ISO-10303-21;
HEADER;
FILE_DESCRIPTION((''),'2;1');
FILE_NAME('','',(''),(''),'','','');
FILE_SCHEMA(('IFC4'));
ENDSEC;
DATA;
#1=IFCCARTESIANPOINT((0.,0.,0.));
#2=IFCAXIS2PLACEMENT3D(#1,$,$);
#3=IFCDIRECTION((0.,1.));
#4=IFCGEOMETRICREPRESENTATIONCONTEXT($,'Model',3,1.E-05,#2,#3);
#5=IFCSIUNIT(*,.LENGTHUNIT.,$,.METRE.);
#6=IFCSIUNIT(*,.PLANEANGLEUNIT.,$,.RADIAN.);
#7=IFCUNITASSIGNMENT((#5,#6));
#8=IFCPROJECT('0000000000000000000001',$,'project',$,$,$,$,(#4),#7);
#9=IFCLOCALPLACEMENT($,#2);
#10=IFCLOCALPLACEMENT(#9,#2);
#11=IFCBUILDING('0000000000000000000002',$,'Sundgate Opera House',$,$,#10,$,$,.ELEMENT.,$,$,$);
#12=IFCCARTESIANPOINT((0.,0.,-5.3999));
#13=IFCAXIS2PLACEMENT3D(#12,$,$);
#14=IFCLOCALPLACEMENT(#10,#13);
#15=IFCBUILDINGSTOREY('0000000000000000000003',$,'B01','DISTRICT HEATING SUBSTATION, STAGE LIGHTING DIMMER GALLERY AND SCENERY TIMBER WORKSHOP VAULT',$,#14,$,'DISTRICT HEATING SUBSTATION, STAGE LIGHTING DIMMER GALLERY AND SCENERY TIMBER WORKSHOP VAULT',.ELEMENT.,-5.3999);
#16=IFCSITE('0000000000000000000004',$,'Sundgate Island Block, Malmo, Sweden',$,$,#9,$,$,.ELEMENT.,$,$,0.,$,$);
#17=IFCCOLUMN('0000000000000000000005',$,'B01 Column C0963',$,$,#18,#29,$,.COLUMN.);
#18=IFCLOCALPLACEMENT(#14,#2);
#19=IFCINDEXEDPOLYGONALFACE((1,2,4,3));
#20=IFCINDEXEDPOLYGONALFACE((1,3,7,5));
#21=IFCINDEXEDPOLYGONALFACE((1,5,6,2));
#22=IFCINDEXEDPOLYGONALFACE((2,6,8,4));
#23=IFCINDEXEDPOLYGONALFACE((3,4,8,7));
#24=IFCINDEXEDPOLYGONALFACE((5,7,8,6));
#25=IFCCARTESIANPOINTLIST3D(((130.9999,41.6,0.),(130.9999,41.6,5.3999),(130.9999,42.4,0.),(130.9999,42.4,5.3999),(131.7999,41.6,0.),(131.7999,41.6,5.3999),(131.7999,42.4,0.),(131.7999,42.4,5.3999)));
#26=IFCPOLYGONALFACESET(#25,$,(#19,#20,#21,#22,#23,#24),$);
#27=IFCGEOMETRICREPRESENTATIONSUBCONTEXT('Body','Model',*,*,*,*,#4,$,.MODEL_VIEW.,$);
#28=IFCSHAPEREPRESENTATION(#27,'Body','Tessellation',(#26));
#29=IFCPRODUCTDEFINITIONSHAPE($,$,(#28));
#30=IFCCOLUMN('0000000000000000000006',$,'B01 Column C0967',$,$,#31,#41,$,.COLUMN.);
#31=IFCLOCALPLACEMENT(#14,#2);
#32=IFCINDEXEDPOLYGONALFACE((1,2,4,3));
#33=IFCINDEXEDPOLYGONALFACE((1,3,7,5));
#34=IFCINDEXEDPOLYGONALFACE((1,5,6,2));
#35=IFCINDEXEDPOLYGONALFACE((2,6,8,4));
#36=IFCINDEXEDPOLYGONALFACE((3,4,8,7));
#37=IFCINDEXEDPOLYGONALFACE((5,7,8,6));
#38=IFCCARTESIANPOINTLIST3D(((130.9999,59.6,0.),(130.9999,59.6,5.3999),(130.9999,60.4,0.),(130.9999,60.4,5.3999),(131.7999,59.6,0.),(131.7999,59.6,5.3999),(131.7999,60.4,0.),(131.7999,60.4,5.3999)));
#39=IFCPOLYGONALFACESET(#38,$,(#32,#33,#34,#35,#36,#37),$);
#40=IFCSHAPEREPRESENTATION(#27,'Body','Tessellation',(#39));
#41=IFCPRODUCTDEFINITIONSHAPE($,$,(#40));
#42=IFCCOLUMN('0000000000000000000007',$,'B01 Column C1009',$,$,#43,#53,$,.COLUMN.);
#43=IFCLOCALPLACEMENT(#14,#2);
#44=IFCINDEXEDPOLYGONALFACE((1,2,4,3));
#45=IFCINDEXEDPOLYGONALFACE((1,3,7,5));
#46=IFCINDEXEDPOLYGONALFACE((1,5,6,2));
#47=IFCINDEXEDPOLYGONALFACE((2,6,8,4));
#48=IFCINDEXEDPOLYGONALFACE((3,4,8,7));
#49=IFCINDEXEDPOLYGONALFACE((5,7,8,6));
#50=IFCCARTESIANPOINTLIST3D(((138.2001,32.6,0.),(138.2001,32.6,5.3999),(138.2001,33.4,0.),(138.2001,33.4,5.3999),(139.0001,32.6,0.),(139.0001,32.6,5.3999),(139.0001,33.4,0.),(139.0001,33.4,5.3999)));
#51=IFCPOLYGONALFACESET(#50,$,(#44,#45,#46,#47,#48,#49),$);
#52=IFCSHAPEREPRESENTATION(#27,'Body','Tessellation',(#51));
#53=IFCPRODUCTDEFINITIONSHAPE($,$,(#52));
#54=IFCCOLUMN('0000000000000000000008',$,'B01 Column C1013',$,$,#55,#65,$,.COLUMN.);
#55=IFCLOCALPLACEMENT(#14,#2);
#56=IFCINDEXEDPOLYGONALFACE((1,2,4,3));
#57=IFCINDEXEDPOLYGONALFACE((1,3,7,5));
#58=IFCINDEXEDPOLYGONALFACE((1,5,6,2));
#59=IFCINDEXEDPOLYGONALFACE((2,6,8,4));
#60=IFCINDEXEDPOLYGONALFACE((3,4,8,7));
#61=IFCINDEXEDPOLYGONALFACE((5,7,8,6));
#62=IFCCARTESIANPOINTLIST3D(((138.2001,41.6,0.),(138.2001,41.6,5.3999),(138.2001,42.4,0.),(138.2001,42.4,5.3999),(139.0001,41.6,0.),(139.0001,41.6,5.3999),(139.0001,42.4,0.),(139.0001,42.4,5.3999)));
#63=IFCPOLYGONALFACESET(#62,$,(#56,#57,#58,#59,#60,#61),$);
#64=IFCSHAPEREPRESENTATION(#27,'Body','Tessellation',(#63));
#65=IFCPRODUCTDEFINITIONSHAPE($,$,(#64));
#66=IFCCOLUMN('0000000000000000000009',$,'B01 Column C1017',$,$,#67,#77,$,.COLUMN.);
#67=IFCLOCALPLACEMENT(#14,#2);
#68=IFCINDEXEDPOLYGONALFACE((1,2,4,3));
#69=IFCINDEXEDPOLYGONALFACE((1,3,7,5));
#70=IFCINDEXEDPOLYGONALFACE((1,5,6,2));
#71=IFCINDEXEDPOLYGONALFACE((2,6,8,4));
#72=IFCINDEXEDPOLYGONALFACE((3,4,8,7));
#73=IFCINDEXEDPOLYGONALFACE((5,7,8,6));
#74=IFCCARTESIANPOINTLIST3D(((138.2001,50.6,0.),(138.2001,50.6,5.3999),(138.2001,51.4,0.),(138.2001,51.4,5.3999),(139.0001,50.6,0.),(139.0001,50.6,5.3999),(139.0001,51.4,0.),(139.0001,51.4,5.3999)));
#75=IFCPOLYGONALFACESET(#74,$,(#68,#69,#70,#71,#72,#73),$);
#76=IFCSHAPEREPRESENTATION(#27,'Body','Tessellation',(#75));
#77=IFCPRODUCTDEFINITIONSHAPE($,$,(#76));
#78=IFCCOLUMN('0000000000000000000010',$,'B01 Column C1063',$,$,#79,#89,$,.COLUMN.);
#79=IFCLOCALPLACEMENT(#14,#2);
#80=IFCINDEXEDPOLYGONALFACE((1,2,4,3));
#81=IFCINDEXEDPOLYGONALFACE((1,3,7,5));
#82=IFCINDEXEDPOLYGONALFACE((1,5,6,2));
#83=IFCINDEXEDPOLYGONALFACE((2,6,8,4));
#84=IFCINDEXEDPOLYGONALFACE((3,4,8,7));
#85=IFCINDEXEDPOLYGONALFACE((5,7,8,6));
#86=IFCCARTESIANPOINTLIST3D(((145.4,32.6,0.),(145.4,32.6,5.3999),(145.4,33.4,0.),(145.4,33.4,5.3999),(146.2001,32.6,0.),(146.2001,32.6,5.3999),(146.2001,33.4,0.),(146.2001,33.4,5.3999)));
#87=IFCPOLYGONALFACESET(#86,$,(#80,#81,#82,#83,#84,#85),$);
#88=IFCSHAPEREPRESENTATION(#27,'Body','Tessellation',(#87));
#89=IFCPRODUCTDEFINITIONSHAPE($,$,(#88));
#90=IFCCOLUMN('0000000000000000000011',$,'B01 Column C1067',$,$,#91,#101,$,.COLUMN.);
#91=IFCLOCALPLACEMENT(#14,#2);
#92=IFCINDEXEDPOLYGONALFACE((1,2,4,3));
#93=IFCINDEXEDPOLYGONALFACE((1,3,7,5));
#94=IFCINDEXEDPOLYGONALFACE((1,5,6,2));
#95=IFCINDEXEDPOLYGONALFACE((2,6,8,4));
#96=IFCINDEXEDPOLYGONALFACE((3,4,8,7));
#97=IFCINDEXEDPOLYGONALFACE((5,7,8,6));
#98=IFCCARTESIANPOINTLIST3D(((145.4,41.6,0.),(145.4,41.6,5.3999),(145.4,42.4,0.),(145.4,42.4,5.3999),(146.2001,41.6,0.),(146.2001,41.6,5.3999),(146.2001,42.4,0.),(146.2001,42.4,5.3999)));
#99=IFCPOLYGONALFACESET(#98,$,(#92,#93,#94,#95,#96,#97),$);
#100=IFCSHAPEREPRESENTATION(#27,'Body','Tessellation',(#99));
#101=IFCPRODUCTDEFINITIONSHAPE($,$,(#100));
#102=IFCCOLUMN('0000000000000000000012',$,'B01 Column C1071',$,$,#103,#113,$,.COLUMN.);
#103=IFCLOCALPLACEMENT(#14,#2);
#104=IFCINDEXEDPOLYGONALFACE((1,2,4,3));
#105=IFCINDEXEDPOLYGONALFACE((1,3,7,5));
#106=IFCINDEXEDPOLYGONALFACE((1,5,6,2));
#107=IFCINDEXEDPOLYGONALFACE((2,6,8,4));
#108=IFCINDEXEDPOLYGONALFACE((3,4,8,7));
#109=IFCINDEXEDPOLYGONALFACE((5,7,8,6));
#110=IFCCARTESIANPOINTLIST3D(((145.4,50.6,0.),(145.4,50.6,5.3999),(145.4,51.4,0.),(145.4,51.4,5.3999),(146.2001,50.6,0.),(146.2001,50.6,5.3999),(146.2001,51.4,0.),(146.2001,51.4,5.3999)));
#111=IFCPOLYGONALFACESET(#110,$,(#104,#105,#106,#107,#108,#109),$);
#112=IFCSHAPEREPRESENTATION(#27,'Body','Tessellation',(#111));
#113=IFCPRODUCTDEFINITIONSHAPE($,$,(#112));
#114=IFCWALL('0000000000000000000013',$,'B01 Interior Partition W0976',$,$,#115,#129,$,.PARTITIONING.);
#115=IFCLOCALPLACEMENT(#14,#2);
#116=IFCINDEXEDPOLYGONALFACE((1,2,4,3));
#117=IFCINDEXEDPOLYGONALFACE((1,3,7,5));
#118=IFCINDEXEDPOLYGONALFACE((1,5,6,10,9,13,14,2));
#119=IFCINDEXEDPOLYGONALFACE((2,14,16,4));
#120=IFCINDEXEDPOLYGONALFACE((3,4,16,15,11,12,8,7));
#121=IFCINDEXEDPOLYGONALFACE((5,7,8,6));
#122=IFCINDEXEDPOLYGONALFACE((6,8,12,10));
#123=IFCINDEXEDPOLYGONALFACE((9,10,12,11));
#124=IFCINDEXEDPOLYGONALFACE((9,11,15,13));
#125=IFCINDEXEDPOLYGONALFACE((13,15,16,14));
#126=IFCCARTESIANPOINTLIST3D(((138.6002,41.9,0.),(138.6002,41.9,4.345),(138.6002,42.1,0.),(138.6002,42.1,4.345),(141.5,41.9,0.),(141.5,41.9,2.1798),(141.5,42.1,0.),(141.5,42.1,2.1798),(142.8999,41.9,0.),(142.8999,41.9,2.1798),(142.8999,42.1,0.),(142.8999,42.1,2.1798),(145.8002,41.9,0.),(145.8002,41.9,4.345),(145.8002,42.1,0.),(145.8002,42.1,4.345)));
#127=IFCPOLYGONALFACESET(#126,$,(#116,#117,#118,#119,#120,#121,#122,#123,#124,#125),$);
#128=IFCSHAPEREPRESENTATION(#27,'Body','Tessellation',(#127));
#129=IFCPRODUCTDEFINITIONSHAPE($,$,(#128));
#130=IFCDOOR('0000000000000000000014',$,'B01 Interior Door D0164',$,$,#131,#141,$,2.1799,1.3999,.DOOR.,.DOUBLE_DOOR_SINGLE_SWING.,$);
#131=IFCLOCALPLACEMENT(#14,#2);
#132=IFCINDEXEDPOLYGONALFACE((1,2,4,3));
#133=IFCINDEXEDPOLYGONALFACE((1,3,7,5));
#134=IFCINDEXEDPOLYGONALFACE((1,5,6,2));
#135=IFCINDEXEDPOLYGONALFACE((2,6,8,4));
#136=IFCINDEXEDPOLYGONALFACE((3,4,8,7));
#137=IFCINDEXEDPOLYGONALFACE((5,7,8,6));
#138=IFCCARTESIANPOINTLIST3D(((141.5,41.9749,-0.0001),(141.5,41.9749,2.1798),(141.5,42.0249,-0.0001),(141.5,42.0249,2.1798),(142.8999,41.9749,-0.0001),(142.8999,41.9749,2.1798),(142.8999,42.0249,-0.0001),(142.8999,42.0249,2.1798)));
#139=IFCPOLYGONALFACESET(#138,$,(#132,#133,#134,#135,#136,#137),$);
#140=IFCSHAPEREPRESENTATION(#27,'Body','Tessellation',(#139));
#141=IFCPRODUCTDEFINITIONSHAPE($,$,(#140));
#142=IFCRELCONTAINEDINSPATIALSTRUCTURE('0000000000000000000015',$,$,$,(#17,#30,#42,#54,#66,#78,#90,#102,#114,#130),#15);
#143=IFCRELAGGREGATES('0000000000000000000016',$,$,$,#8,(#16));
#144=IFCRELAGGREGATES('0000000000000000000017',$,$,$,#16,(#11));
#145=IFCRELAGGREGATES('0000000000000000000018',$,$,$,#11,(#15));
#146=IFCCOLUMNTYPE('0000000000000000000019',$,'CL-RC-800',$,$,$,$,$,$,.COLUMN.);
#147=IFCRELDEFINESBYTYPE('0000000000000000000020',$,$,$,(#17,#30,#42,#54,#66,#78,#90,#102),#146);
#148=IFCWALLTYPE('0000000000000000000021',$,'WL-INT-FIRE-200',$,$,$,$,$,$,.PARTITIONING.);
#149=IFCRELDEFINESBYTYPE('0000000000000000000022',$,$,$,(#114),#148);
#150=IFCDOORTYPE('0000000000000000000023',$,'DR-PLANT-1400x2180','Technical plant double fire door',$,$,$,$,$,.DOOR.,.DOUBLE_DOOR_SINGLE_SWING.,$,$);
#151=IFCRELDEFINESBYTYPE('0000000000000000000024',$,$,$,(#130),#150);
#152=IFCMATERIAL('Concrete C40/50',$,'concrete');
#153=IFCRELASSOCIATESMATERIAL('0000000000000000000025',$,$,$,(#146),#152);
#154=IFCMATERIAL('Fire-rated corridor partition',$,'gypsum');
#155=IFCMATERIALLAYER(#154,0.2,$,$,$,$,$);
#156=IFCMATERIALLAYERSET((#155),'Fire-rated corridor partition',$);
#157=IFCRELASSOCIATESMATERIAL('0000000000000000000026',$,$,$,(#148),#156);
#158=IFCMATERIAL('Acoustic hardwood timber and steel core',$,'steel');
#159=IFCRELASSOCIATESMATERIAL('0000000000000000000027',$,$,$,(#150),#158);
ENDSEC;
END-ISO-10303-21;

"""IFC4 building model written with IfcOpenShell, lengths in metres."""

from ifc_helpers import new_model, si_unit, direction, frame, frame_2d, origin, origin_2d, place, context, subcontext, project, spatial, rectangle, extrude, material, layer, layer_set, material_profile, profile_set, type_object, element, fill, save


model = new_model("IFC4")

# Units and contexts
model_context = context("Model", 3, precision=1e-05, world=origin(), true_north=direction((0.0, 1.0)))
body_context = subcontext(model_context, "Body", "Model", "MODEL_VIEW")
ifc_project = project(units=[si_unit("LENGTHUNIT", "METRE"), si_unit("PLANEANGLEUNIT", "RADIAN")], contexts=[model_context])

# Site, building, storey
site_placement = place(None, origin())
site = spatial("IfcSite", under=ifc_project, at=site_placement, Name="Sundgate Island Block, Malmo, Sweden", CompositionType="ELEMENT", RefElevation=0.0)
building_placement = place(site_placement, origin())
building = spatial("IfcBuilding", under=site, at=building_placement, Name="Sundgate Opera House", CompositionType="ELEMENT")
storey_placement = place(building_placement, frame((0.0, 0.0, -5.3999)))
storey = spatial("IfcBuildingStorey", under=building, at=storey_placement, Name="B01", Description="DISTRICT HEATING SUBSTATION, STAGE LIGHTING DIMMER GALLERY AND SCENERY TIMBER WORKSHOP VAULT", LongName="DISTRICT HEATING SUBSTATION, STAGE LIGHTING DIMMER GALLERY AND SCENERY TIMBER WORKSHOP VAULT", CompositionType="ELEMENT", Elevation=-5.3999)

# Columns
ifc_material_1 = material(Name="Concrete C40/50", Category="concrete")
ifc_material_profile_1 = material_profile(ifc_material_1, rectangle(XDim=0.8, YDim=0.8, at=origin_2d()), Name="RC 800x800")
ifc_profile_set_1 = profile_set([ifc_material_profile_1], Name="Concrete C40/50")
column_type = type_object("IfcColumnType", Name="CL-RC-800", PredefinedType="COLUMN", material=ifc_profile_set_1)
for number, where, z_axis, x_axis, name in (
    (1, (131.3999, 42.0, 0.0), (0.0, 0.0, 1.0), (1.0, 0.0, 0.0), "B01 Column C0963"),
    (2, (131.3999, 60.0, 0.0), (0.0, 0.0, 1.0), (1.0, 0.0, 0.0), "B01 Column C0967"),
    (3, (138.6001, 33.0, 0.0), (0.0, 0.0, 1.0), (1.0, 0.0, 0.0), "B01 Column C1009"),
    (4, (138.6001, 42.0, 0.0), (0.0, 0.0, 1.0), (1.0, 0.0, 0.0), "B01 Column C1013"),
    (5, (138.6001, 51.0, 0.0), (0.0, 0.0, 1.0), (1.0, 0.0, 0.0), "B01 Column C1017"),
    (6, (145.8, 33.0, 0.0), (0.0, 0.0, 1.0), (1.0, 0.0, 0.0), "B01 Column C1063"),
    (7, (145.8, 42.0, 0.0), (0.0, 0.0, 1.0), (1.0, 0.0, 0.0), "B01 Column C1067"),
    (8, (145.8, 51.0, 0.0), (0.0, 0.0, 1.0), (1.0, 0.0, 0.0), "B01 Column C1071"),
):
    element("IfcColumn", number, at=place(storey_placement, frame(where, z_axis=z_axis, x_axis=x_axis)), inside=storey, type_object=column_type, Name=name, PredefinedType="COLUMN", context=body_context, shape_type="SweptSolid", body=[
        extrude(rectangle(XDim=0.8, YDim=0.8, at=origin_2d()), origin(), (0.0, 0.0, 1.0), 5.3999),
    ])

# Wall, opening, door
ifc_material_2 = material(Name="Fire-rated corridor partition", Category="gypsum")
ifc_layer = layer(ifc_material_2, 0.2)
ifc_layer_set = layer_set([ifc_layer], Name="Fire-rated corridor partition")
wall_type = type_object("IfcWallType", Name="WL-INT-FIRE-200", PredefinedType="PARTITIONING", material=ifc_layer_set)
wall_placement = place(storey_placement, frame((138.6001, 42.0, 0.0), z_axis=(0.0, 0.0, 1.0), x_axis=(1.0, 0.0, 0.0)))
wall = element("IfcWall", 9, at=wall_placement, inside=storey, type_object=wall_type, Name="B01 Interior Partition W0976", PredefinedType="PARTITIONING", context=body_context, shape_type="SweptSolid", body=[
    extrude(rectangle(XDim=7.2, YDim=0.2, at=frame_2d((3.6001, 0.0))), origin(), (0.0, 0.0, 1.0), 4.345),
])
opening_placement = place(wall_placement, frame((2.8999, 0.0, 0.0)))
opening = element("IfcOpeningElement", 10, at=opening_placement, cuts=wall, PredefinedType="OPENING", context=body_context, shape_type="SweptSolid", body=[
    extrude(rectangle(XDim=1.3999, YDim=2.1799, at=frame_2d((0.7, 1.0898))), frame((0.0, 0.1099, 0.0), z_axis=(0.0, -1.0, 0.0), x_axis=(1.0, 0.0, 0.0)), (0.0, 0.0, 1.0), 0.22),
])
ifc_material_3 = material(Name="Acoustic hardwood timber and steel core", Category="steel")
door_type = type_object("IfcDoorType", Name="DR-PLANT-1400x2180", Description="Technical plant double fire door", OperationType="DOUBLE_DOOR_SINGLE_SWING", PredefinedType="DOOR", material=ifc_material_3)
door_placement = place(opening_placement, origin())
door = element("IfcDoor", 11, at=door_placement, inside=storey, type_object=door_type, Name="B01 Interior Door D0164", OperationType="DOUBLE_DOOR_SINGLE_SWING", OverallHeight=2.1799, OverallWidth=1.3999, PredefinedType="DOOR", context=body_context, shape_type="SweptSolid", body=[
    extrude(rectangle(XDim=1.3999, YDim=2.1799, at=frame_2d((0.7, 1.0898))), frame((0.0, 0.0249, 0.0), z_axis=(0.0, -1.0, 0.0), x_axis=(1.0, 0.0, 0.0)), (0.0, 0.0, 1.0), 0.05),
])
fill(opening, door)

save(model, "model.ifc")
